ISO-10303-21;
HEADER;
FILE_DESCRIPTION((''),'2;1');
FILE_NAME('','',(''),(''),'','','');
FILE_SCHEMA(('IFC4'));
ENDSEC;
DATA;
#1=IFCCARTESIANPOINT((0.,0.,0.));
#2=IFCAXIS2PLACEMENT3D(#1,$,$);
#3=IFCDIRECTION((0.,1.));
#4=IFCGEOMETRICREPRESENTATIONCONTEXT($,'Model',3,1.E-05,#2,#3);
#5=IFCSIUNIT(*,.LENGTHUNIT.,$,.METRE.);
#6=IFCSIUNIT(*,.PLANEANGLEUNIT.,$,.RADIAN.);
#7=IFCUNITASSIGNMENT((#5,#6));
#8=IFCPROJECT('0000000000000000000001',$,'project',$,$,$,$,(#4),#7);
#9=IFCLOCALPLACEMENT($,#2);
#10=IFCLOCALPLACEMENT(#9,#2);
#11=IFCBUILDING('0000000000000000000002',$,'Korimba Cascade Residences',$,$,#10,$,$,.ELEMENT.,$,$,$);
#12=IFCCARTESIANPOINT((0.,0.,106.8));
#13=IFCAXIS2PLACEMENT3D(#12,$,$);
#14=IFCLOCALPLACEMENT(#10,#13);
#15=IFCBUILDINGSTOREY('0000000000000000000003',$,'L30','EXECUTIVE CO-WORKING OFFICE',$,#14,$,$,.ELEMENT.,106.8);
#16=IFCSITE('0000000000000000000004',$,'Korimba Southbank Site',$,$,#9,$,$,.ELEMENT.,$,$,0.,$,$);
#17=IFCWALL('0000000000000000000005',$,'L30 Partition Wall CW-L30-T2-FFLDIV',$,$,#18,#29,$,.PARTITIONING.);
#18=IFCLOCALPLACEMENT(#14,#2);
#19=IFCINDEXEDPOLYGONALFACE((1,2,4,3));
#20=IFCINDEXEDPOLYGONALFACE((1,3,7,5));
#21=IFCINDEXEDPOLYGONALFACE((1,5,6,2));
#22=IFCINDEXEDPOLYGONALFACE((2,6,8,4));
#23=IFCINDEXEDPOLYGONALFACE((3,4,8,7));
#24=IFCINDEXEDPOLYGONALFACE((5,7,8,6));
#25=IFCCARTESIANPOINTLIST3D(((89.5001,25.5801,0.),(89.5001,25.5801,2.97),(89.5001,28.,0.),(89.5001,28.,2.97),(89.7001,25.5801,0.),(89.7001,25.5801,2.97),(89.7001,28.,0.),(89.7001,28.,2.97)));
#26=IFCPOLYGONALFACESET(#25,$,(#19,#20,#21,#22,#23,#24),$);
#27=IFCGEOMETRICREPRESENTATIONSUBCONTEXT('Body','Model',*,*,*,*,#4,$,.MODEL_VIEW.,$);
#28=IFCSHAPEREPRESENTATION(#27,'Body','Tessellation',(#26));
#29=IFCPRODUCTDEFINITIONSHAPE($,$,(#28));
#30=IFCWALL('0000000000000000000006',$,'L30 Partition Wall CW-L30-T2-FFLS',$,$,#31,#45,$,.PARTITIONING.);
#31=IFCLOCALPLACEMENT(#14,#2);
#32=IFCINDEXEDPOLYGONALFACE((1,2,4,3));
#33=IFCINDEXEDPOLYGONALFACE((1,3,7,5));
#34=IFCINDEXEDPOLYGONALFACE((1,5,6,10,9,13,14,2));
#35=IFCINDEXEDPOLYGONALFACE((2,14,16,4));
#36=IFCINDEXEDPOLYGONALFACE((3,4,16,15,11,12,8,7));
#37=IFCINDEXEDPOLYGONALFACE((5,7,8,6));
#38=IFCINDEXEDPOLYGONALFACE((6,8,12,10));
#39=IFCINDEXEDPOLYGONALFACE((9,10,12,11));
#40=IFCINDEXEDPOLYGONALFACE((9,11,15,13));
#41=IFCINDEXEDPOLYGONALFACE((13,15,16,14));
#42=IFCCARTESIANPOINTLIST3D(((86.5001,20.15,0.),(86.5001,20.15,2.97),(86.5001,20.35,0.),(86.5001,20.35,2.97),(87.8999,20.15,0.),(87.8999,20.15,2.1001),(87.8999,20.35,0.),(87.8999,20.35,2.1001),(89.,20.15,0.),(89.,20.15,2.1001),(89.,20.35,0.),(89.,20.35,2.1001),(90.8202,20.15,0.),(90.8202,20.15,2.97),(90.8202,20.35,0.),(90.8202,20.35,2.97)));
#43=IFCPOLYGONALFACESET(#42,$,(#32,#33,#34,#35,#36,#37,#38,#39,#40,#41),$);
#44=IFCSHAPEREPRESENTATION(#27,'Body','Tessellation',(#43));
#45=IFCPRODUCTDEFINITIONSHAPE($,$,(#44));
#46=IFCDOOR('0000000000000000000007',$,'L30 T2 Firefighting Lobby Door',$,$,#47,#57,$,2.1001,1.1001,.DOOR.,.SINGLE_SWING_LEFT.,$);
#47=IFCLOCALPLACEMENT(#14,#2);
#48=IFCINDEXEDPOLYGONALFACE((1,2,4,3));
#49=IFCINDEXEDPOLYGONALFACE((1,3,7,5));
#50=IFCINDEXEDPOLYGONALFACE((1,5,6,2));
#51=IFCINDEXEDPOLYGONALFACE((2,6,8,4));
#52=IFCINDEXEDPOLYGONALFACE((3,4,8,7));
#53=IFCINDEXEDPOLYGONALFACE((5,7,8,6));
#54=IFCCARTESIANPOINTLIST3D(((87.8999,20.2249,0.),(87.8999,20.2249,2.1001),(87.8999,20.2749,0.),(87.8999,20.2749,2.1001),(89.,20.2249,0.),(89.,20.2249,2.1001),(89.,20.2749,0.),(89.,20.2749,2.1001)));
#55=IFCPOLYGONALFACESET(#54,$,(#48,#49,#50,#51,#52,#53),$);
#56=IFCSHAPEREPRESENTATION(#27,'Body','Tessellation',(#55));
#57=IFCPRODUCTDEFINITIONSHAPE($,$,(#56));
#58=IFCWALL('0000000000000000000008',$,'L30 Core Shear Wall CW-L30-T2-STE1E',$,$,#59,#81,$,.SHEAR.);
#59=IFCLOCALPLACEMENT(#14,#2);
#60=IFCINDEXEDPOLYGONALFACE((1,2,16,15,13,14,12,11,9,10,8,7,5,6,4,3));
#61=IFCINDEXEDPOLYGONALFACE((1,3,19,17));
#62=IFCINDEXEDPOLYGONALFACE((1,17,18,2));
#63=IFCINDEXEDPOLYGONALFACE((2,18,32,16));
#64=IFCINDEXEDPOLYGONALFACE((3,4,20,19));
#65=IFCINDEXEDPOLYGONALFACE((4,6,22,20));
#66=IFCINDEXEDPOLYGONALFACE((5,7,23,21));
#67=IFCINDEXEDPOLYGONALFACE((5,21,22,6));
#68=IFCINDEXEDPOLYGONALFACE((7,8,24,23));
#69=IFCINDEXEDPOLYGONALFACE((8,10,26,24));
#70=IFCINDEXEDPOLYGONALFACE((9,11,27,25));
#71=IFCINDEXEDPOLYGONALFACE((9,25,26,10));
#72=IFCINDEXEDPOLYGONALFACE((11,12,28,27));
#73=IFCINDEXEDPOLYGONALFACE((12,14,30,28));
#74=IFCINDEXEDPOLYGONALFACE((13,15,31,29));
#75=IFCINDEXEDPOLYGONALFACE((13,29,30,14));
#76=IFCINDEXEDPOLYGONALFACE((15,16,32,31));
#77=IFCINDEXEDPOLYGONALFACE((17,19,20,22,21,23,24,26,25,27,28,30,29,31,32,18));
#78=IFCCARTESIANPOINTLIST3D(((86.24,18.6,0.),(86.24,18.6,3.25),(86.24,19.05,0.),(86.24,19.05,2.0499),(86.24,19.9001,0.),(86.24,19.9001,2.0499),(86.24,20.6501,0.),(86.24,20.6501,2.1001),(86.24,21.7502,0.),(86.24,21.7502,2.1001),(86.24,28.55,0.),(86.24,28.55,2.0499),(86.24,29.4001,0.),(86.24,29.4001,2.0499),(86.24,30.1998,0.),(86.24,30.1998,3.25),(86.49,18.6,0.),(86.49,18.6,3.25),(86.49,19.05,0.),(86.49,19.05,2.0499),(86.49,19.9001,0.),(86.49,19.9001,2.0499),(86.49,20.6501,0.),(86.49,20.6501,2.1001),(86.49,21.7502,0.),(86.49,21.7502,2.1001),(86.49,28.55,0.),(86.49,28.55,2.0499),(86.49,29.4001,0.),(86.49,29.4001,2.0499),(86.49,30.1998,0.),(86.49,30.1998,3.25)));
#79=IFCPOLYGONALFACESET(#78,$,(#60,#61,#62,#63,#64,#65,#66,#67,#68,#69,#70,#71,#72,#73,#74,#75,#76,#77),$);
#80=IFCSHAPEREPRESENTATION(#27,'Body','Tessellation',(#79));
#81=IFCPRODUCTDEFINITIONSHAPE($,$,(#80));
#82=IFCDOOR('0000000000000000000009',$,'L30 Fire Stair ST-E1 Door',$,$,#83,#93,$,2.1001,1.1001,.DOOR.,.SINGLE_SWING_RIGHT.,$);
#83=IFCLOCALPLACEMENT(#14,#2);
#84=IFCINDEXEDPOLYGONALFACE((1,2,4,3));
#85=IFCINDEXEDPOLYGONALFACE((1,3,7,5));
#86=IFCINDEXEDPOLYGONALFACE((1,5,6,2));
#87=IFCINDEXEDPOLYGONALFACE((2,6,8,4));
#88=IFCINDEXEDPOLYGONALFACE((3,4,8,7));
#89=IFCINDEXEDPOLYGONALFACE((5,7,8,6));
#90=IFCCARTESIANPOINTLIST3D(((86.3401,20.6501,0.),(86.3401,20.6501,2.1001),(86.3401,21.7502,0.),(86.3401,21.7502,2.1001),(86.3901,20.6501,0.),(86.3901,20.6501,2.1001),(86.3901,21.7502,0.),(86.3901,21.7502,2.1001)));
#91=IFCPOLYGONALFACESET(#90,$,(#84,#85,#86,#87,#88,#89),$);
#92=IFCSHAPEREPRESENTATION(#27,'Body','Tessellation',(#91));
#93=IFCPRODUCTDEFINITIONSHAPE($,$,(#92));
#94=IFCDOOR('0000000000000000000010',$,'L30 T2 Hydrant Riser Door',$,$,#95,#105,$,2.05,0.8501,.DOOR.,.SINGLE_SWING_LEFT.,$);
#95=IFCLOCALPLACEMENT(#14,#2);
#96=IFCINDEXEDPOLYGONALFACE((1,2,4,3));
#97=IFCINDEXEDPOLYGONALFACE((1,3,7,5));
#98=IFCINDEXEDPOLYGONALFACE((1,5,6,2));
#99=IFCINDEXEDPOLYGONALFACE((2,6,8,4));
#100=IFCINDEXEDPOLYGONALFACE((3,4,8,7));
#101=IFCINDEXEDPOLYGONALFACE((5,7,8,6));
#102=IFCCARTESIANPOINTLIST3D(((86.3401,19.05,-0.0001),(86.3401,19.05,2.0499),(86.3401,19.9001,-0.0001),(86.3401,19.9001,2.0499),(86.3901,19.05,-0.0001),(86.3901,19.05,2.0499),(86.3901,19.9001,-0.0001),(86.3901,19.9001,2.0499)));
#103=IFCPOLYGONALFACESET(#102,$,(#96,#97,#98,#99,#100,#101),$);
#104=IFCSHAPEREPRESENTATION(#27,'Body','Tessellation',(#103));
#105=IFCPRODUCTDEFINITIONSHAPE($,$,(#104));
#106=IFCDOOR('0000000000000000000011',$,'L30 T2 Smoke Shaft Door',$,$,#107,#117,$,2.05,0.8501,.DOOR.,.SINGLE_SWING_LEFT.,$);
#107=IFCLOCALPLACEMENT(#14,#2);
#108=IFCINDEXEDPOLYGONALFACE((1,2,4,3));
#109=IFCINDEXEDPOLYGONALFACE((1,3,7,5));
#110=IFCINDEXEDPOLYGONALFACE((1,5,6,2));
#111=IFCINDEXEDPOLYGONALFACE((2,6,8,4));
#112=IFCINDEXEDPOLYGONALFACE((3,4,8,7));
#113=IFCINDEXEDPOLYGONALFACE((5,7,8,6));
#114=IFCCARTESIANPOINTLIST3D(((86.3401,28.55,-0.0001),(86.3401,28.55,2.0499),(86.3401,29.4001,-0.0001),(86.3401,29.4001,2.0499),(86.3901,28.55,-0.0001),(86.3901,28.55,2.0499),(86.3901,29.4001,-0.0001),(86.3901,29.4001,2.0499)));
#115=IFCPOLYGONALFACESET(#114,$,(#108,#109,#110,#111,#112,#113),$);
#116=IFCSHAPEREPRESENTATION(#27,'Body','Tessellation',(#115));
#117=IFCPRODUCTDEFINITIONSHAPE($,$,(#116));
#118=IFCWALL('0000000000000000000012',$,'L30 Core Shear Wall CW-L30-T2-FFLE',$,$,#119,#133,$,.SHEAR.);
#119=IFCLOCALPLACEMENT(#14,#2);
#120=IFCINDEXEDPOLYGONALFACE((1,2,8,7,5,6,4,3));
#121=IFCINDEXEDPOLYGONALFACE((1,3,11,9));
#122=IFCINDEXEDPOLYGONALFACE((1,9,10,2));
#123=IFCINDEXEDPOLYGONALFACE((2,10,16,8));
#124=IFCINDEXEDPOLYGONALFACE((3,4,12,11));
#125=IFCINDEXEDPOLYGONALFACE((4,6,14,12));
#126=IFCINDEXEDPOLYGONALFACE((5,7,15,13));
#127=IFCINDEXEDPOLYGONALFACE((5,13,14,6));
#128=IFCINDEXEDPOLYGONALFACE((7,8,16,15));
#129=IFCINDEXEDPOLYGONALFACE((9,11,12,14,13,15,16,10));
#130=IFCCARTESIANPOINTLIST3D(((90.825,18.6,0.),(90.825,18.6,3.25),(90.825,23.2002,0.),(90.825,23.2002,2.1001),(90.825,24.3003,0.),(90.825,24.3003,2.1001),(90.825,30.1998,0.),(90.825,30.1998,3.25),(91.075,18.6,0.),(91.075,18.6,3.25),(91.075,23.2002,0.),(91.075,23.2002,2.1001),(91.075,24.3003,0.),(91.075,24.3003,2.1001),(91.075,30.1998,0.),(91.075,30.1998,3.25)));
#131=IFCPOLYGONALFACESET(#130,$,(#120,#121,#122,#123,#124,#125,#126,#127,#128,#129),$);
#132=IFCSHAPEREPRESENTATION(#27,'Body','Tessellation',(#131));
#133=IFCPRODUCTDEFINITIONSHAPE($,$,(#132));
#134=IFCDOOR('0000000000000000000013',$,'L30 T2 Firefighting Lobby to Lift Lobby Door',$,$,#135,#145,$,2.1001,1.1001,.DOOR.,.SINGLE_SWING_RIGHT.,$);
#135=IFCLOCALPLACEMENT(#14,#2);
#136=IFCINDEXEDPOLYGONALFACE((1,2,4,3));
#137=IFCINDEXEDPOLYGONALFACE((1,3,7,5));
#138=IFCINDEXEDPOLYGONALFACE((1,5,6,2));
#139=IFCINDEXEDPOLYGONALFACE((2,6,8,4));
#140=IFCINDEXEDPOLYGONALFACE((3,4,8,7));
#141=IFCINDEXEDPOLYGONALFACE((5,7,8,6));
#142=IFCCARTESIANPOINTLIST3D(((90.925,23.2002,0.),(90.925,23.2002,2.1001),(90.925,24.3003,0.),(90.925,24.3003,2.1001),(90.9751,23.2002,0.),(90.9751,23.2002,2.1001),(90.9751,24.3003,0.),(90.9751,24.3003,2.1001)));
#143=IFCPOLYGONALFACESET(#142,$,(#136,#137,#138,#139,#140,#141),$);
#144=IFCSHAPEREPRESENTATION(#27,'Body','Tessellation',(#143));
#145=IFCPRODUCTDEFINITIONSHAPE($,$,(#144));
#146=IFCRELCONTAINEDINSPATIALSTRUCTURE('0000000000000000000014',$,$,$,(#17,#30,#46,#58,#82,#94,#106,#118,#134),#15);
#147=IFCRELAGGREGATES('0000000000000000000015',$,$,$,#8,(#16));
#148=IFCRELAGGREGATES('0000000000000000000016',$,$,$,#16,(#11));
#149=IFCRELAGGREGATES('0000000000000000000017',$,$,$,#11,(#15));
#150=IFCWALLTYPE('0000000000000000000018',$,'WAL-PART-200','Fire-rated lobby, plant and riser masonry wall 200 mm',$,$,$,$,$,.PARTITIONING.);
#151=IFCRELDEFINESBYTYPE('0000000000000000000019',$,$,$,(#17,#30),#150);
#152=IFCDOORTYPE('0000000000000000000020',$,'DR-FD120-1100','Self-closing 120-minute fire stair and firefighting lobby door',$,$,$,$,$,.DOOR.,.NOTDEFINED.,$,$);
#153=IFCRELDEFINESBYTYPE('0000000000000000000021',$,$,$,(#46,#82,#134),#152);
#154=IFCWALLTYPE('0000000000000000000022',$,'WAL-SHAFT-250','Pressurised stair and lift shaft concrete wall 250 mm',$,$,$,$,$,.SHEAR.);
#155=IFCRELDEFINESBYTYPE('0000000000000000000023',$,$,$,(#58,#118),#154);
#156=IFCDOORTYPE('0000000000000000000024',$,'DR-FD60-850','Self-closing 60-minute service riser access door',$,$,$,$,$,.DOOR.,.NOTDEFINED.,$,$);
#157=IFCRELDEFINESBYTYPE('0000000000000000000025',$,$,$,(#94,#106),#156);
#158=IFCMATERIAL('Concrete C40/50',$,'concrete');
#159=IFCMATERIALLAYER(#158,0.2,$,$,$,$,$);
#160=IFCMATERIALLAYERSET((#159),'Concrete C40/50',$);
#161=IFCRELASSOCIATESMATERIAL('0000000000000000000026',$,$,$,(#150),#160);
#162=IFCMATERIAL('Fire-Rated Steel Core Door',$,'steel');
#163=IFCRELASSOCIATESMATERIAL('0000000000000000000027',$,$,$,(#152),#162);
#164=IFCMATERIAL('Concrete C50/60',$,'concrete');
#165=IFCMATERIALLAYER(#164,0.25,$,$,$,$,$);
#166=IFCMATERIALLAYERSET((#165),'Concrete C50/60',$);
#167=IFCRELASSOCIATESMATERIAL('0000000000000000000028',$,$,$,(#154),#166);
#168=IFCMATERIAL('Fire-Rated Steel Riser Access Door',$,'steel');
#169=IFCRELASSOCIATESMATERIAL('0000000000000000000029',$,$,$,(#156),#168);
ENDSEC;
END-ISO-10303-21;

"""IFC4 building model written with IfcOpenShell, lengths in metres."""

from ifc_helpers import new_model, si_unit, direction, frame, frame_2d, origin, place, context, subcontext, project, spatial, rectangle, extrude, material, layer, layer_set, type_object, element, fill, save


model = new_model("IFC4")

# Units and contexts
model_context = context("Model", 3, precision=1e-05, world=origin(), true_north=direction((0.0, 1.0)))
body_context = subcontext(model_context, "Body", "Model", "MODEL_VIEW")
ifc_project = project(units=[si_unit("LENGTHUNIT", "METRE"), si_unit("PLANEANGLEUNIT", "RADIAN")], contexts=[model_context])

# Site, building, storey
site_placement = place(None, origin())
site = spatial("IfcSite", under=ifc_project, at=site_placement, Name="Korimba Southbank Site", CompositionType="ELEMENT", RefElevation=0.0)
building_placement = place(site_placement, origin())
building = spatial("IfcBuilding", under=site, at=building_placement, Name="Korimba Cascade Residences", CompositionType="ELEMENT")
storey_placement = place(building_placement, frame((0.0, 0.0, 106.8)))
storey = spatial("IfcBuildingStorey", under=building, at=storey_placement, Name="L30", Description="EXECUTIVE CO-WORKING OFFICE", CompositionType="ELEMENT", Elevation=106.8)

# Wall
ifc_material_1 = material(Name="Concrete C40/50", Category="concrete")
ifc_layer_1 = layer(ifc_material_1, 0.2)
ifc_layer_set_1 = layer_set([ifc_layer_1], Name="Concrete C40/50")
wall_type_1 = type_object("IfcWallType", Name="WAL-PART-200", Description="Fire-rated lobby, plant and riser masonry wall 200 mm", PredefinedType="PARTITIONING", material=ifc_layer_set_1)
wall_1_placement = place(storey_placement, frame((89.6001, 25.5801, 0.0), z_axis=(0.0, 0.0, 1.0), x_axis=(0.0, 1.0, 0.0)))
element("IfcWall", 1, at=wall_1_placement, inside=storey, type_object=wall_type_1, Name="L30 Partition Wall CW-L30-T2-FFLDIV", PredefinedType="PARTITIONING", context=body_context, shape_type="SweptSolid", body=[
    extrude(rectangle(XDim=2.4199, YDim=0.2, at=frame_2d((1.21, 0.0))), origin(), (0.0, 0.0, 1.0), 2.97),
])

# Wall, opening, door
wall_2_placement = place(storey_placement, frame((86.5, 20.25, 0.0), z_axis=(0.0, 0.0, 1.0), x_axis=(1.0, 0.0, 0.0)))
wall_2 = element("IfcWall", 2, at=wall_2_placement, inside=storey, type_object=wall_type_1, Name="L30 Partition Wall CW-L30-T2-FFLS", PredefinedType="PARTITIONING", context=body_context, shape_type="SweptSolid", body=[
    extrude(rectangle(XDim=4.3201, YDim=0.2, at=frame_2d((2.1602, 0.0))), origin(), (0.0, 0.0, 1.0), 2.97),
])
opening_1_placement = place(wall_2_placement, frame((1.3999, 0.0, 0.0)))
opening_1 = element("IfcOpeningElement", 3, at=opening_1_placement, cuts=wall_2, PredefinedType="OPENING", context=body_context, shape_type="SweptSolid", body=[
    extrude(rectangle(XDim=1.1001, YDim=2.1001, at=frame_2d((0.55, 1.05))), frame((0.0, 0.1099, 0.0), z_axis=(0.0, -1.0, 0.0), x_axis=(1.0, 0.0, 0.0)), (0.0, 0.0, 1.0), 0.22),
])
ifc_material_2 = material(Name="Fire-Rated Steel Core Door", Category="steel")
door_type_1 = type_object("IfcDoorType", Name="DR-FD120-1100", Description="Self-closing 120-minute fire stair and firefighting lobby door", OperationType="NOTDEFINED", PredefinedType="DOOR", material=ifc_material_2)
door_1_placement = place(opening_1_placement, origin())
door_1 = element("IfcDoor", 4, at=door_1_placement, inside=storey, type_object=door_type_1, Name="L30 T2 Firefighting Lobby Door", OperationType="SINGLE_SWING_LEFT", OverallHeight=2.1001, OverallWidth=1.1001, PredefinedType="DOOR", context=body_context, shape_type="SweptSolid", body=[
    extrude(rectangle(XDim=1.1001, YDim=2.1001, at=frame_2d((0.55, 1.05))), frame((0.0, 0.0249, 0.0), z_axis=(0.0, -1.0, 0.0), x_axis=(1.0, 0.0, 0.0)), (0.0, 0.0, 1.0), 0.05),
])
fill(opening_1, door_1)

# Wall, openings, doors
ifc_material_3 = material(Name="Concrete C50/60", Category="concrete")
ifc_layer_2 = layer(ifc_material_3, 0.25)
ifc_layer_set_2 = layer_set([ifc_layer_2], Name="Concrete C50/60")
wall_type_2 = type_object("IfcWallType", Name="WAL-SHAFT-250", Description="Pressurised stair and lift shaft concrete wall 250 mm", PredefinedType="SHEAR", material=ifc_layer_set_2)
wall_3_placement = place(storey_placement, frame((86.365, 18.6001, 0.0), z_axis=(0.0, 0.0, 1.0), x_axis=(0.0, 1.0, 0.0)))
wall_3 = element("IfcWall", 5, at=wall_3_placement, inside=storey, type_object=wall_type_2, Name="L30 Core Shear Wall CW-L30-T2-STE1E", PredefinedType="SHEAR", context=body_context, shape_type="SweptSolid", body=[
    extrude(rectangle(XDim=11.5999, YDim=0.25, at=frame_2d((5.7998, 0.0))), origin(), (0.0, 0.0, 1.0), 3.25),
])
opening_2_placement = place(wall_3_placement, frame((0.45, 0.0, 0.0)))
opening_2 = element("IfcOpeningElement", 6, at=opening_2_placement, cuts=wall_3, PredefinedType="OPENING", context=body_context, shape_type="SweptSolid", body=[
    extrude(rectangle(XDim=0.8501, YDim=2.05, at=frame_2d((0.425, 1.0249))), frame((0.0, 0.135, 0.0), z_axis=(0.0, -1.0, 0.0), x_axis=(1.0, 0.0, 0.0)), (0.0, 0.0, 1.0), 0.27),
])
opening_3_placement = place(wall_3_placement, frame((2.05, 0.0, 0.0)))
opening_3 = element("IfcOpeningElement", 7, at=opening_3_placement, cuts=wall_3, PredefinedType="OPENING", context=body_context, shape_type="SweptSolid", body=[
    extrude(rectangle(XDim=1.1001, YDim=2.1001, at=frame_2d((0.55, 1.05))), frame((0.0, 0.135, 0.0), z_axis=(0.0, -1.0, 0.0), x_axis=(1.0, 0.0, 0.0)), (0.0, 0.0, 1.0), 0.27),
])
opening_4_placement = place(wall_3_placement, frame((9.95, 0.0, 0.0)))
opening_4 = element("IfcOpeningElement", 8, at=opening_4_placement, cuts=wall_3, PredefinedType="OPENING", context=body_context, shape_type="SweptSolid", body=[
    extrude(rectangle(XDim=0.8501, YDim=2.05, at=frame_2d((0.425, 1.0249))), frame((0.0, 0.135, 0.0), z_axis=(0.0, -1.0, 0.0), x_axis=(1.0, 0.0, 0.0)), (0.0, 0.0, 1.0), 0.27),
])
door_2_placement = place(opening_3_placement, origin())
door_2 = element("IfcDoor", 9, at=door_2_placement, inside=storey, type_object=door_type_1, Name="L30 Fire Stair ST-E1 Door", OperationType="SINGLE_SWING_RIGHT", OverallHeight=2.1001, OverallWidth=1.1001, PredefinedType="DOOR", context=body_context, shape_type="SweptSolid", body=[
    extrude(rectangle(XDim=1.1001, YDim=2.1001, at=frame_2d((0.55, 1.05))), frame((0.0, 0.0249, 0.0), z_axis=(0.0, -1.0, 0.0), x_axis=(1.0, 0.0, 0.0)), (0.0, 0.0, 1.0), 0.05),
])
fill(opening_3, door_2)
ifc_material_4 = material(Name="Fire-Rated Steel Riser Access Door", Category="steel")
door_type_2 = type_object("IfcDoorType", Name="DR-FD60-850", Description="Self-closing 60-minute service riser access door", OperationType="NOTDEFINED", PredefinedType="DOOR", material=ifc_material_4)
door_3_placement = place(opening_2_placement, origin())
door_3 = element("IfcDoor", 10, at=door_3_placement, inside=storey, type_object=door_type_2, Name="L30 T2 Hydrant Riser Door", OperationType="SINGLE_SWING_LEFT", OverallHeight=2.05, OverallWidth=0.8501, PredefinedType="DOOR", context=body_context, shape_type="SweptSolid", body=[
    extrude(rectangle(XDim=0.8501, YDim=2.05, at=frame_2d((0.425, 1.0249))), frame((0.0, 0.0249, 0.0), z_axis=(0.0, -1.0, 0.0), x_axis=(1.0, 0.0, 0.0)), (0.0, 0.0, 1.0), 0.05),
])
fill(opening_2, door_3)
door_4_placement = place(opening_4_placement, origin())
door_4 = element("IfcDoor", 11, at=door_4_placement, inside=storey, type_object=door_type_2, Name="L30 T2 Smoke Shaft Door", OperationType="SINGLE_SWING_LEFT", OverallHeight=2.05, OverallWidth=0.8501, PredefinedType="DOOR", context=body_context, shape_type="SweptSolid", body=[
    extrude(rectangle(XDim=0.8501, YDim=2.05, at=frame_2d((0.425, 1.0249))), frame((0.0, 0.0249, 0.0), z_axis=(0.0, -1.0, 0.0), x_axis=(1.0, 0.0, 0.0)), (0.0, 0.0, 1.0), 0.05),
])
fill(opening_4, door_4)

# Wall, opening, door
wall_4_placement = place(storey_placement, frame((90.95, 18.6001, 0.0), z_axis=(0.0, 0.0, 1.0), x_axis=(0.0, 1.0, 0.0)))
wall_4 = element("IfcWall", 12, at=wall_4_placement, inside=storey, type_object=wall_type_2, Name="L30 Core Shear Wall CW-L30-T2-FFLE", PredefinedType="SHEAR", context=body_context, shape_type="SweptSolid", body=[
    extrude(rectangle(XDim=11.5999, YDim=0.25, at=frame_2d((5.7998, 0.0))), origin(), (0.0, 0.0, 1.0), 3.25),
])
opening_5_placement = place(wall_4_placement, frame((4.6001, 0.0, 0.0)))
opening_5 = element("IfcOpeningElement", 13, at=opening_5_placement, cuts=wall_4, PredefinedType="OPENING", context=body_context, shape_type="SweptSolid", body=[
    extrude(rectangle(XDim=1.1001, YDim=2.1001, at=frame_2d((0.55, 1.05))), frame((0.0, 0.135, 0.0), z_axis=(0.0, -1.0, 0.0), x_axis=(1.0, 0.0, 0.0)), (0.0, 0.0, 1.0), 0.27),
])
door_5_placement = place(opening_5_placement, origin())
door_5 = element("IfcDoor", 14, at=door_5_placement, inside=storey, type_object=door_type_1, Name="L30 T2 Firefighting Lobby to Lift Lobby Door", OperationType="SINGLE_SWING_RIGHT", OverallHeight=2.1001, OverallWidth=1.1001, PredefinedType="DOOR", context=body_context, shape_type="SweptSolid", body=[
    extrude(rectangle(XDim=1.1001, YDim=2.1001, at=frame_2d((0.55, 1.05))), frame((0.0, 0.0249, 0.0), z_axis=(0.0, -1.0, 0.0), x_axis=(1.0, 0.0, 0.0)), (0.0, 0.0, 1.0), 0.05),
])
fill(opening_5, door_5)

save(model, "model.ifc")
